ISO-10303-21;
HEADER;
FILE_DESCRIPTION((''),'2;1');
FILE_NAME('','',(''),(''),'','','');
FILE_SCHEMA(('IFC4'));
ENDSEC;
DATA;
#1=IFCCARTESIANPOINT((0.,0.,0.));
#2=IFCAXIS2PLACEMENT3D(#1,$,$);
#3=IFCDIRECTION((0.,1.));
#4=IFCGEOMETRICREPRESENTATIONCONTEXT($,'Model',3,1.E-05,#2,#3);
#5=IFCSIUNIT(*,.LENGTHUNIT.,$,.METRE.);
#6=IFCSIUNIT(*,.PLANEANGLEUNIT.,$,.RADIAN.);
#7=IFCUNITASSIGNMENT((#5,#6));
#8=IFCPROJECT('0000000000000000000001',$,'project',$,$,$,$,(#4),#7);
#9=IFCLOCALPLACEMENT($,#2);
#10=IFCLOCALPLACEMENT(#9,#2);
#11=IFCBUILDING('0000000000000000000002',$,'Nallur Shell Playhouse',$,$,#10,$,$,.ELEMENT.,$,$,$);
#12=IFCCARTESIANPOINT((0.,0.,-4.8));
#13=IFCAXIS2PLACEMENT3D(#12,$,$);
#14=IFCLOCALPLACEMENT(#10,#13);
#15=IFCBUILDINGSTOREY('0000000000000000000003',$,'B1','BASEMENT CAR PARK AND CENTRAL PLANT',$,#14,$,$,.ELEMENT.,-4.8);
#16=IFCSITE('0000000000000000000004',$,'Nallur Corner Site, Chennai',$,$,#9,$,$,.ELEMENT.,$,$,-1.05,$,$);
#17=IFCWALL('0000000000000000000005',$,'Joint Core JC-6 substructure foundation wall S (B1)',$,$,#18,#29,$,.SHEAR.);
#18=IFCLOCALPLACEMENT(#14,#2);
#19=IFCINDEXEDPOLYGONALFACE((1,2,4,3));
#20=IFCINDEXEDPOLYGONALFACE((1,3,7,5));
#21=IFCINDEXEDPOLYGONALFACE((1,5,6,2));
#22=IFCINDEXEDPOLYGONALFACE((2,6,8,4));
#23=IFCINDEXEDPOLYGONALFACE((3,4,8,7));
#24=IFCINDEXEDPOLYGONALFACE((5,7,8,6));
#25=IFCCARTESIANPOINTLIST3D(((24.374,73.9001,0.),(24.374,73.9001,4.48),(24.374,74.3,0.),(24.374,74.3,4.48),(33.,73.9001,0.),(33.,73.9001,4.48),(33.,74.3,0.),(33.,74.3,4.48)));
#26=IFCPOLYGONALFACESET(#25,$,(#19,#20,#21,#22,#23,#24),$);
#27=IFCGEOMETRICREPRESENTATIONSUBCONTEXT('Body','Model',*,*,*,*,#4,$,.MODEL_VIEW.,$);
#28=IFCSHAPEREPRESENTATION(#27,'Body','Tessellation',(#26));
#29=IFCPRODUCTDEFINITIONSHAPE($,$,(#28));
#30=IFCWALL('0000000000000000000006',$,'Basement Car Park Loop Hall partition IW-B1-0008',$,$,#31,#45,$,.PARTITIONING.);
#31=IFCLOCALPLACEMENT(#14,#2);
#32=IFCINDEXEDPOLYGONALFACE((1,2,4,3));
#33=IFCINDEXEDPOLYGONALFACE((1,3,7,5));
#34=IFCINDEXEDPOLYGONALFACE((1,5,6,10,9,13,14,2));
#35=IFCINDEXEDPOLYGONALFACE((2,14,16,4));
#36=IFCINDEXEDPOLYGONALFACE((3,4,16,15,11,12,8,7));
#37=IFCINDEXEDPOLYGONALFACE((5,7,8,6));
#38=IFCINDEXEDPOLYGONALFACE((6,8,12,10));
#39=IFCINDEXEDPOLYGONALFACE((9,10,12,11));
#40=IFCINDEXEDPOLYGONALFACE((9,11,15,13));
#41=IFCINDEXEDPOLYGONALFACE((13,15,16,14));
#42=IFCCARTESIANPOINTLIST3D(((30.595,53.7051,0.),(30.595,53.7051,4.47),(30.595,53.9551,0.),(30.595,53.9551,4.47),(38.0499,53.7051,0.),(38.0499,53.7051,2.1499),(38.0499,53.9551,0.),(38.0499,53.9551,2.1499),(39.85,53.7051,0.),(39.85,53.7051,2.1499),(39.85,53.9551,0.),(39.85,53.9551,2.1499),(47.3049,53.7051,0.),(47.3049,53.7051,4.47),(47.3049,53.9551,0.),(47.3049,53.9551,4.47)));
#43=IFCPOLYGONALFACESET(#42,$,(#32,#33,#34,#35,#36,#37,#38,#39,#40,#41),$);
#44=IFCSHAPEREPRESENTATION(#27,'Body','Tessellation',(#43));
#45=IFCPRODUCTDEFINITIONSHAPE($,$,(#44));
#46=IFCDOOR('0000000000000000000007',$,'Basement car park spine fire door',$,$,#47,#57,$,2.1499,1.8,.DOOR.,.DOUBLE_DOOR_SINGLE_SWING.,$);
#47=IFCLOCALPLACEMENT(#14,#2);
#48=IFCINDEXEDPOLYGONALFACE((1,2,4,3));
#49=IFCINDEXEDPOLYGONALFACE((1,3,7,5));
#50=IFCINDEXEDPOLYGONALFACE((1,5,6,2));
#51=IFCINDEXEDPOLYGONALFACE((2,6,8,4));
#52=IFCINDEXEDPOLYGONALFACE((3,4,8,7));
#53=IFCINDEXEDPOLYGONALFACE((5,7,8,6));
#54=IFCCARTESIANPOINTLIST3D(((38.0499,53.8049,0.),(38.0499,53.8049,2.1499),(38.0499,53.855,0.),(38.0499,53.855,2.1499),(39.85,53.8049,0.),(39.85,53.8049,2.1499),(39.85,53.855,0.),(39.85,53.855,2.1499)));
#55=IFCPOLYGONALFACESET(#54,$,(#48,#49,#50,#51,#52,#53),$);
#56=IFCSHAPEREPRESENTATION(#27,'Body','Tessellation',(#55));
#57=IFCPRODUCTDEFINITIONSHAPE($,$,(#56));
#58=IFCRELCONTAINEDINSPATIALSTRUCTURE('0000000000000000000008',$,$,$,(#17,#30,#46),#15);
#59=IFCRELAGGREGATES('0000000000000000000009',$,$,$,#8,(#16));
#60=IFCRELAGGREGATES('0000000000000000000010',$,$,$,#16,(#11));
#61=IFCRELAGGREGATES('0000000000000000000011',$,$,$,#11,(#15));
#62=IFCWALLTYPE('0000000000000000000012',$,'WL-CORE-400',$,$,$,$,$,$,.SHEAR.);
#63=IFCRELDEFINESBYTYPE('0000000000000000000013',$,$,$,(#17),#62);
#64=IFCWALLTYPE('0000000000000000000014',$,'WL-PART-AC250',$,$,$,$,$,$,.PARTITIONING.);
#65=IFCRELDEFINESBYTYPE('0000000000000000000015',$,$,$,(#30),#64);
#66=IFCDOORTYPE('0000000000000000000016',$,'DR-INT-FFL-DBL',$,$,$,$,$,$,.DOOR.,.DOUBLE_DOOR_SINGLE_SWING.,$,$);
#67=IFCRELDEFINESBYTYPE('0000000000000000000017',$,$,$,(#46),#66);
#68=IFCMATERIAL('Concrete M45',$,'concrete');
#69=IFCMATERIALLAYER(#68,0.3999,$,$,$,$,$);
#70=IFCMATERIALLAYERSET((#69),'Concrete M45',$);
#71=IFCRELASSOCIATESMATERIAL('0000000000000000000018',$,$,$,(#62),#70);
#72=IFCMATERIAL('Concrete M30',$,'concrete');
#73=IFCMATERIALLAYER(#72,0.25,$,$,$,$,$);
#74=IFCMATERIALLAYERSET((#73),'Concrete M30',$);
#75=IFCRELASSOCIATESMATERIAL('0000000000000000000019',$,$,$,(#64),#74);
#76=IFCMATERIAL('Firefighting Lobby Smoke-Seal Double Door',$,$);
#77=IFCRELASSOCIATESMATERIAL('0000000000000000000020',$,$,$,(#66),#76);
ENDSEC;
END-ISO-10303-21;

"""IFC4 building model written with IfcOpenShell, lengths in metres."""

from ifc_helpers import new_model, si_unit, direction, frame, frame_2d, origin, place, context, subcontext, project, spatial, rectangle, extrude, material, layer, layer_set, type_object, element, fill, save


model = new_model("IFC4")

# Units and contexts
model_context = context("Model", 3, precision=1e-05, world=origin(), true_north=direction((0.0, 1.0)))
body_context = subcontext(model_context, "Body", "Model", "MODEL_VIEW")
ifc_project = project(units=[si_unit("LENGTHUNIT", "METRE"), si_unit("PLANEANGLEUNIT", "RADIAN")], contexts=[model_context])

# Site, building, storey
site_placement = place(None, origin())
site = spatial("IfcSite", under=ifc_project, at=site_placement, Name="Nallur Corner Site, Chennai", CompositionType="ELEMENT", RefElevation=-1.05)
building_placement = place(site_placement, origin())
building = spatial("IfcBuilding", under=site, at=building_placement, Name="Nallur Shell Playhouse", CompositionType="ELEMENT")
storey_placement = place(building_placement, frame((0.0, 0.0, -4.8)))
storey = spatial("IfcBuildingStorey", under=building, at=storey_placement, Name="B1", Description="BASEMENT CAR PARK AND CENTRAL PLANT", CompositionType="ELEMENT", Elevation=-4.8)

# Wall
ifc_material_1 = material(Name="Concrete M45", Category="concrete")
ifc_layer_1 = layer(ifc_material_1, 0.3999)
ifc_layer_set_1 = layer_set([ifc_layer_1], Name="Concrete M45")
wall_type_1 = type_object("IfcWallType", Name="WL-CORE-400", PredefinedType="SHEAR", material=ifc_layer_set_1)
wall_1_placement = place(storey_placement, frame((24.374, 74.1001, 0.0), z_axis=(0.0, 0.0, 1.0), x_axis=(1.0, 0.0, 0.0)))
element("IfcWall", 1, at=wall_1_placement, inside=storey, type_object=wall_type_1, Name="Joint Core JC-6 substructure foundation wall S (B1)", PredefinedType="SHEAR", context=body_context, shape_type="SweptSolid", body=[
    extrude(rectangle(XDim=8.626, YDim=0.3999, at=frame_2d((4.313, 0.0))), origin(), (0.0, 0.0, 1.0), 4.48),
])

# Wall, opening, door
ifc_material_2 = material(Name="Concrete M30", Category="concrete")
ifc_layer_2 = layer(ifc_material_2, 0.25)
ifc_layer_set_2 = layer_set([ifc_layer_2], Name="Concrete M30")
wall_type_2 = type_object("IfcWallType", Name="WL-PART-AC250", PredefinedType="PARTITIONING", material=ifc_layer_set_2)
wall_2_placement = place(storey_placement, frame((30.595, 53.8301, 0.0), z_axis=(0.0, 0.0, 1.0), x_axis=(1.0, 0.0, 0.0)))
wall_2 = element("IfcWall", 2, at=wall_2_placement, inside=storey, type_object=wall_type_2, Name="Basement Car Park Loop Hall partition IW-B1-0008", PredefinedType="PARTITIONING", context=body_context, shape_type="SweptSolid", body=[
    extrude(rectangle(XDim=16.71, YDim=0.25, at=frame_2d((8.355, 0.0))), origin(), (0.0, 0.0, 1.0), 4.47),
])
opening_placement = place(wall_2_placement, frame((7.4551, 0.0, 0.0)))
opening = element("IfcOpeningElement", 3, at=opening_placement, cuts=wall_2, PredefinedType="OPENING", context=body_context, shape_type="SweptSolid", body=[
    extrude(rectangle(XDim=1.8, YDim=2.1499, at=frame_2d((0.8999, 1.075))), frame((0.0, 0.135, 0.0), z_axis=(0.0, -1.0, 0.0), x_axis=(1.0, 0.0, 0.0)), (0.0, 0.0, 1.0), 0.27),
])
ifc_material_3 = material(Name="Firefighting Lobby Smoke-Seal Double Door")
door_type = type_object("IfcDoorType", Name="DR-INT-FFL-DBL", OperationType="DOUBLE_DOOR_SINGLE_SWING", PredefinedType="DOOR", material=ifc_material_3)
door_placement = place(opening_placement, origin())
door = element("IfcDoor", 4, at=door_placement, inside=storey, type_object=door_type, Name="Basement car park spine fire door", OperationType="DOUBLE_DOOR_SINGLE_SWING", OverallHeight=2.1499, OverallWidth=1.8, PredefinedType="DOOR", context=body_context, shape_type="SweptSolid", body=[
    extrude(rectangle(XDim=1.8, YDim=2.1499, at=frame_2d((0.8999, 1.075))), frame((0.0, 0.0249, 0.0), z_axis=(0.0, -1.0, 0.0), x_axis=(1.0, 0.0, 0.0)), (0.0, 0.0, 1.0), 0.05),
])
fill(opening, door)

save(model, "model.ifc")
